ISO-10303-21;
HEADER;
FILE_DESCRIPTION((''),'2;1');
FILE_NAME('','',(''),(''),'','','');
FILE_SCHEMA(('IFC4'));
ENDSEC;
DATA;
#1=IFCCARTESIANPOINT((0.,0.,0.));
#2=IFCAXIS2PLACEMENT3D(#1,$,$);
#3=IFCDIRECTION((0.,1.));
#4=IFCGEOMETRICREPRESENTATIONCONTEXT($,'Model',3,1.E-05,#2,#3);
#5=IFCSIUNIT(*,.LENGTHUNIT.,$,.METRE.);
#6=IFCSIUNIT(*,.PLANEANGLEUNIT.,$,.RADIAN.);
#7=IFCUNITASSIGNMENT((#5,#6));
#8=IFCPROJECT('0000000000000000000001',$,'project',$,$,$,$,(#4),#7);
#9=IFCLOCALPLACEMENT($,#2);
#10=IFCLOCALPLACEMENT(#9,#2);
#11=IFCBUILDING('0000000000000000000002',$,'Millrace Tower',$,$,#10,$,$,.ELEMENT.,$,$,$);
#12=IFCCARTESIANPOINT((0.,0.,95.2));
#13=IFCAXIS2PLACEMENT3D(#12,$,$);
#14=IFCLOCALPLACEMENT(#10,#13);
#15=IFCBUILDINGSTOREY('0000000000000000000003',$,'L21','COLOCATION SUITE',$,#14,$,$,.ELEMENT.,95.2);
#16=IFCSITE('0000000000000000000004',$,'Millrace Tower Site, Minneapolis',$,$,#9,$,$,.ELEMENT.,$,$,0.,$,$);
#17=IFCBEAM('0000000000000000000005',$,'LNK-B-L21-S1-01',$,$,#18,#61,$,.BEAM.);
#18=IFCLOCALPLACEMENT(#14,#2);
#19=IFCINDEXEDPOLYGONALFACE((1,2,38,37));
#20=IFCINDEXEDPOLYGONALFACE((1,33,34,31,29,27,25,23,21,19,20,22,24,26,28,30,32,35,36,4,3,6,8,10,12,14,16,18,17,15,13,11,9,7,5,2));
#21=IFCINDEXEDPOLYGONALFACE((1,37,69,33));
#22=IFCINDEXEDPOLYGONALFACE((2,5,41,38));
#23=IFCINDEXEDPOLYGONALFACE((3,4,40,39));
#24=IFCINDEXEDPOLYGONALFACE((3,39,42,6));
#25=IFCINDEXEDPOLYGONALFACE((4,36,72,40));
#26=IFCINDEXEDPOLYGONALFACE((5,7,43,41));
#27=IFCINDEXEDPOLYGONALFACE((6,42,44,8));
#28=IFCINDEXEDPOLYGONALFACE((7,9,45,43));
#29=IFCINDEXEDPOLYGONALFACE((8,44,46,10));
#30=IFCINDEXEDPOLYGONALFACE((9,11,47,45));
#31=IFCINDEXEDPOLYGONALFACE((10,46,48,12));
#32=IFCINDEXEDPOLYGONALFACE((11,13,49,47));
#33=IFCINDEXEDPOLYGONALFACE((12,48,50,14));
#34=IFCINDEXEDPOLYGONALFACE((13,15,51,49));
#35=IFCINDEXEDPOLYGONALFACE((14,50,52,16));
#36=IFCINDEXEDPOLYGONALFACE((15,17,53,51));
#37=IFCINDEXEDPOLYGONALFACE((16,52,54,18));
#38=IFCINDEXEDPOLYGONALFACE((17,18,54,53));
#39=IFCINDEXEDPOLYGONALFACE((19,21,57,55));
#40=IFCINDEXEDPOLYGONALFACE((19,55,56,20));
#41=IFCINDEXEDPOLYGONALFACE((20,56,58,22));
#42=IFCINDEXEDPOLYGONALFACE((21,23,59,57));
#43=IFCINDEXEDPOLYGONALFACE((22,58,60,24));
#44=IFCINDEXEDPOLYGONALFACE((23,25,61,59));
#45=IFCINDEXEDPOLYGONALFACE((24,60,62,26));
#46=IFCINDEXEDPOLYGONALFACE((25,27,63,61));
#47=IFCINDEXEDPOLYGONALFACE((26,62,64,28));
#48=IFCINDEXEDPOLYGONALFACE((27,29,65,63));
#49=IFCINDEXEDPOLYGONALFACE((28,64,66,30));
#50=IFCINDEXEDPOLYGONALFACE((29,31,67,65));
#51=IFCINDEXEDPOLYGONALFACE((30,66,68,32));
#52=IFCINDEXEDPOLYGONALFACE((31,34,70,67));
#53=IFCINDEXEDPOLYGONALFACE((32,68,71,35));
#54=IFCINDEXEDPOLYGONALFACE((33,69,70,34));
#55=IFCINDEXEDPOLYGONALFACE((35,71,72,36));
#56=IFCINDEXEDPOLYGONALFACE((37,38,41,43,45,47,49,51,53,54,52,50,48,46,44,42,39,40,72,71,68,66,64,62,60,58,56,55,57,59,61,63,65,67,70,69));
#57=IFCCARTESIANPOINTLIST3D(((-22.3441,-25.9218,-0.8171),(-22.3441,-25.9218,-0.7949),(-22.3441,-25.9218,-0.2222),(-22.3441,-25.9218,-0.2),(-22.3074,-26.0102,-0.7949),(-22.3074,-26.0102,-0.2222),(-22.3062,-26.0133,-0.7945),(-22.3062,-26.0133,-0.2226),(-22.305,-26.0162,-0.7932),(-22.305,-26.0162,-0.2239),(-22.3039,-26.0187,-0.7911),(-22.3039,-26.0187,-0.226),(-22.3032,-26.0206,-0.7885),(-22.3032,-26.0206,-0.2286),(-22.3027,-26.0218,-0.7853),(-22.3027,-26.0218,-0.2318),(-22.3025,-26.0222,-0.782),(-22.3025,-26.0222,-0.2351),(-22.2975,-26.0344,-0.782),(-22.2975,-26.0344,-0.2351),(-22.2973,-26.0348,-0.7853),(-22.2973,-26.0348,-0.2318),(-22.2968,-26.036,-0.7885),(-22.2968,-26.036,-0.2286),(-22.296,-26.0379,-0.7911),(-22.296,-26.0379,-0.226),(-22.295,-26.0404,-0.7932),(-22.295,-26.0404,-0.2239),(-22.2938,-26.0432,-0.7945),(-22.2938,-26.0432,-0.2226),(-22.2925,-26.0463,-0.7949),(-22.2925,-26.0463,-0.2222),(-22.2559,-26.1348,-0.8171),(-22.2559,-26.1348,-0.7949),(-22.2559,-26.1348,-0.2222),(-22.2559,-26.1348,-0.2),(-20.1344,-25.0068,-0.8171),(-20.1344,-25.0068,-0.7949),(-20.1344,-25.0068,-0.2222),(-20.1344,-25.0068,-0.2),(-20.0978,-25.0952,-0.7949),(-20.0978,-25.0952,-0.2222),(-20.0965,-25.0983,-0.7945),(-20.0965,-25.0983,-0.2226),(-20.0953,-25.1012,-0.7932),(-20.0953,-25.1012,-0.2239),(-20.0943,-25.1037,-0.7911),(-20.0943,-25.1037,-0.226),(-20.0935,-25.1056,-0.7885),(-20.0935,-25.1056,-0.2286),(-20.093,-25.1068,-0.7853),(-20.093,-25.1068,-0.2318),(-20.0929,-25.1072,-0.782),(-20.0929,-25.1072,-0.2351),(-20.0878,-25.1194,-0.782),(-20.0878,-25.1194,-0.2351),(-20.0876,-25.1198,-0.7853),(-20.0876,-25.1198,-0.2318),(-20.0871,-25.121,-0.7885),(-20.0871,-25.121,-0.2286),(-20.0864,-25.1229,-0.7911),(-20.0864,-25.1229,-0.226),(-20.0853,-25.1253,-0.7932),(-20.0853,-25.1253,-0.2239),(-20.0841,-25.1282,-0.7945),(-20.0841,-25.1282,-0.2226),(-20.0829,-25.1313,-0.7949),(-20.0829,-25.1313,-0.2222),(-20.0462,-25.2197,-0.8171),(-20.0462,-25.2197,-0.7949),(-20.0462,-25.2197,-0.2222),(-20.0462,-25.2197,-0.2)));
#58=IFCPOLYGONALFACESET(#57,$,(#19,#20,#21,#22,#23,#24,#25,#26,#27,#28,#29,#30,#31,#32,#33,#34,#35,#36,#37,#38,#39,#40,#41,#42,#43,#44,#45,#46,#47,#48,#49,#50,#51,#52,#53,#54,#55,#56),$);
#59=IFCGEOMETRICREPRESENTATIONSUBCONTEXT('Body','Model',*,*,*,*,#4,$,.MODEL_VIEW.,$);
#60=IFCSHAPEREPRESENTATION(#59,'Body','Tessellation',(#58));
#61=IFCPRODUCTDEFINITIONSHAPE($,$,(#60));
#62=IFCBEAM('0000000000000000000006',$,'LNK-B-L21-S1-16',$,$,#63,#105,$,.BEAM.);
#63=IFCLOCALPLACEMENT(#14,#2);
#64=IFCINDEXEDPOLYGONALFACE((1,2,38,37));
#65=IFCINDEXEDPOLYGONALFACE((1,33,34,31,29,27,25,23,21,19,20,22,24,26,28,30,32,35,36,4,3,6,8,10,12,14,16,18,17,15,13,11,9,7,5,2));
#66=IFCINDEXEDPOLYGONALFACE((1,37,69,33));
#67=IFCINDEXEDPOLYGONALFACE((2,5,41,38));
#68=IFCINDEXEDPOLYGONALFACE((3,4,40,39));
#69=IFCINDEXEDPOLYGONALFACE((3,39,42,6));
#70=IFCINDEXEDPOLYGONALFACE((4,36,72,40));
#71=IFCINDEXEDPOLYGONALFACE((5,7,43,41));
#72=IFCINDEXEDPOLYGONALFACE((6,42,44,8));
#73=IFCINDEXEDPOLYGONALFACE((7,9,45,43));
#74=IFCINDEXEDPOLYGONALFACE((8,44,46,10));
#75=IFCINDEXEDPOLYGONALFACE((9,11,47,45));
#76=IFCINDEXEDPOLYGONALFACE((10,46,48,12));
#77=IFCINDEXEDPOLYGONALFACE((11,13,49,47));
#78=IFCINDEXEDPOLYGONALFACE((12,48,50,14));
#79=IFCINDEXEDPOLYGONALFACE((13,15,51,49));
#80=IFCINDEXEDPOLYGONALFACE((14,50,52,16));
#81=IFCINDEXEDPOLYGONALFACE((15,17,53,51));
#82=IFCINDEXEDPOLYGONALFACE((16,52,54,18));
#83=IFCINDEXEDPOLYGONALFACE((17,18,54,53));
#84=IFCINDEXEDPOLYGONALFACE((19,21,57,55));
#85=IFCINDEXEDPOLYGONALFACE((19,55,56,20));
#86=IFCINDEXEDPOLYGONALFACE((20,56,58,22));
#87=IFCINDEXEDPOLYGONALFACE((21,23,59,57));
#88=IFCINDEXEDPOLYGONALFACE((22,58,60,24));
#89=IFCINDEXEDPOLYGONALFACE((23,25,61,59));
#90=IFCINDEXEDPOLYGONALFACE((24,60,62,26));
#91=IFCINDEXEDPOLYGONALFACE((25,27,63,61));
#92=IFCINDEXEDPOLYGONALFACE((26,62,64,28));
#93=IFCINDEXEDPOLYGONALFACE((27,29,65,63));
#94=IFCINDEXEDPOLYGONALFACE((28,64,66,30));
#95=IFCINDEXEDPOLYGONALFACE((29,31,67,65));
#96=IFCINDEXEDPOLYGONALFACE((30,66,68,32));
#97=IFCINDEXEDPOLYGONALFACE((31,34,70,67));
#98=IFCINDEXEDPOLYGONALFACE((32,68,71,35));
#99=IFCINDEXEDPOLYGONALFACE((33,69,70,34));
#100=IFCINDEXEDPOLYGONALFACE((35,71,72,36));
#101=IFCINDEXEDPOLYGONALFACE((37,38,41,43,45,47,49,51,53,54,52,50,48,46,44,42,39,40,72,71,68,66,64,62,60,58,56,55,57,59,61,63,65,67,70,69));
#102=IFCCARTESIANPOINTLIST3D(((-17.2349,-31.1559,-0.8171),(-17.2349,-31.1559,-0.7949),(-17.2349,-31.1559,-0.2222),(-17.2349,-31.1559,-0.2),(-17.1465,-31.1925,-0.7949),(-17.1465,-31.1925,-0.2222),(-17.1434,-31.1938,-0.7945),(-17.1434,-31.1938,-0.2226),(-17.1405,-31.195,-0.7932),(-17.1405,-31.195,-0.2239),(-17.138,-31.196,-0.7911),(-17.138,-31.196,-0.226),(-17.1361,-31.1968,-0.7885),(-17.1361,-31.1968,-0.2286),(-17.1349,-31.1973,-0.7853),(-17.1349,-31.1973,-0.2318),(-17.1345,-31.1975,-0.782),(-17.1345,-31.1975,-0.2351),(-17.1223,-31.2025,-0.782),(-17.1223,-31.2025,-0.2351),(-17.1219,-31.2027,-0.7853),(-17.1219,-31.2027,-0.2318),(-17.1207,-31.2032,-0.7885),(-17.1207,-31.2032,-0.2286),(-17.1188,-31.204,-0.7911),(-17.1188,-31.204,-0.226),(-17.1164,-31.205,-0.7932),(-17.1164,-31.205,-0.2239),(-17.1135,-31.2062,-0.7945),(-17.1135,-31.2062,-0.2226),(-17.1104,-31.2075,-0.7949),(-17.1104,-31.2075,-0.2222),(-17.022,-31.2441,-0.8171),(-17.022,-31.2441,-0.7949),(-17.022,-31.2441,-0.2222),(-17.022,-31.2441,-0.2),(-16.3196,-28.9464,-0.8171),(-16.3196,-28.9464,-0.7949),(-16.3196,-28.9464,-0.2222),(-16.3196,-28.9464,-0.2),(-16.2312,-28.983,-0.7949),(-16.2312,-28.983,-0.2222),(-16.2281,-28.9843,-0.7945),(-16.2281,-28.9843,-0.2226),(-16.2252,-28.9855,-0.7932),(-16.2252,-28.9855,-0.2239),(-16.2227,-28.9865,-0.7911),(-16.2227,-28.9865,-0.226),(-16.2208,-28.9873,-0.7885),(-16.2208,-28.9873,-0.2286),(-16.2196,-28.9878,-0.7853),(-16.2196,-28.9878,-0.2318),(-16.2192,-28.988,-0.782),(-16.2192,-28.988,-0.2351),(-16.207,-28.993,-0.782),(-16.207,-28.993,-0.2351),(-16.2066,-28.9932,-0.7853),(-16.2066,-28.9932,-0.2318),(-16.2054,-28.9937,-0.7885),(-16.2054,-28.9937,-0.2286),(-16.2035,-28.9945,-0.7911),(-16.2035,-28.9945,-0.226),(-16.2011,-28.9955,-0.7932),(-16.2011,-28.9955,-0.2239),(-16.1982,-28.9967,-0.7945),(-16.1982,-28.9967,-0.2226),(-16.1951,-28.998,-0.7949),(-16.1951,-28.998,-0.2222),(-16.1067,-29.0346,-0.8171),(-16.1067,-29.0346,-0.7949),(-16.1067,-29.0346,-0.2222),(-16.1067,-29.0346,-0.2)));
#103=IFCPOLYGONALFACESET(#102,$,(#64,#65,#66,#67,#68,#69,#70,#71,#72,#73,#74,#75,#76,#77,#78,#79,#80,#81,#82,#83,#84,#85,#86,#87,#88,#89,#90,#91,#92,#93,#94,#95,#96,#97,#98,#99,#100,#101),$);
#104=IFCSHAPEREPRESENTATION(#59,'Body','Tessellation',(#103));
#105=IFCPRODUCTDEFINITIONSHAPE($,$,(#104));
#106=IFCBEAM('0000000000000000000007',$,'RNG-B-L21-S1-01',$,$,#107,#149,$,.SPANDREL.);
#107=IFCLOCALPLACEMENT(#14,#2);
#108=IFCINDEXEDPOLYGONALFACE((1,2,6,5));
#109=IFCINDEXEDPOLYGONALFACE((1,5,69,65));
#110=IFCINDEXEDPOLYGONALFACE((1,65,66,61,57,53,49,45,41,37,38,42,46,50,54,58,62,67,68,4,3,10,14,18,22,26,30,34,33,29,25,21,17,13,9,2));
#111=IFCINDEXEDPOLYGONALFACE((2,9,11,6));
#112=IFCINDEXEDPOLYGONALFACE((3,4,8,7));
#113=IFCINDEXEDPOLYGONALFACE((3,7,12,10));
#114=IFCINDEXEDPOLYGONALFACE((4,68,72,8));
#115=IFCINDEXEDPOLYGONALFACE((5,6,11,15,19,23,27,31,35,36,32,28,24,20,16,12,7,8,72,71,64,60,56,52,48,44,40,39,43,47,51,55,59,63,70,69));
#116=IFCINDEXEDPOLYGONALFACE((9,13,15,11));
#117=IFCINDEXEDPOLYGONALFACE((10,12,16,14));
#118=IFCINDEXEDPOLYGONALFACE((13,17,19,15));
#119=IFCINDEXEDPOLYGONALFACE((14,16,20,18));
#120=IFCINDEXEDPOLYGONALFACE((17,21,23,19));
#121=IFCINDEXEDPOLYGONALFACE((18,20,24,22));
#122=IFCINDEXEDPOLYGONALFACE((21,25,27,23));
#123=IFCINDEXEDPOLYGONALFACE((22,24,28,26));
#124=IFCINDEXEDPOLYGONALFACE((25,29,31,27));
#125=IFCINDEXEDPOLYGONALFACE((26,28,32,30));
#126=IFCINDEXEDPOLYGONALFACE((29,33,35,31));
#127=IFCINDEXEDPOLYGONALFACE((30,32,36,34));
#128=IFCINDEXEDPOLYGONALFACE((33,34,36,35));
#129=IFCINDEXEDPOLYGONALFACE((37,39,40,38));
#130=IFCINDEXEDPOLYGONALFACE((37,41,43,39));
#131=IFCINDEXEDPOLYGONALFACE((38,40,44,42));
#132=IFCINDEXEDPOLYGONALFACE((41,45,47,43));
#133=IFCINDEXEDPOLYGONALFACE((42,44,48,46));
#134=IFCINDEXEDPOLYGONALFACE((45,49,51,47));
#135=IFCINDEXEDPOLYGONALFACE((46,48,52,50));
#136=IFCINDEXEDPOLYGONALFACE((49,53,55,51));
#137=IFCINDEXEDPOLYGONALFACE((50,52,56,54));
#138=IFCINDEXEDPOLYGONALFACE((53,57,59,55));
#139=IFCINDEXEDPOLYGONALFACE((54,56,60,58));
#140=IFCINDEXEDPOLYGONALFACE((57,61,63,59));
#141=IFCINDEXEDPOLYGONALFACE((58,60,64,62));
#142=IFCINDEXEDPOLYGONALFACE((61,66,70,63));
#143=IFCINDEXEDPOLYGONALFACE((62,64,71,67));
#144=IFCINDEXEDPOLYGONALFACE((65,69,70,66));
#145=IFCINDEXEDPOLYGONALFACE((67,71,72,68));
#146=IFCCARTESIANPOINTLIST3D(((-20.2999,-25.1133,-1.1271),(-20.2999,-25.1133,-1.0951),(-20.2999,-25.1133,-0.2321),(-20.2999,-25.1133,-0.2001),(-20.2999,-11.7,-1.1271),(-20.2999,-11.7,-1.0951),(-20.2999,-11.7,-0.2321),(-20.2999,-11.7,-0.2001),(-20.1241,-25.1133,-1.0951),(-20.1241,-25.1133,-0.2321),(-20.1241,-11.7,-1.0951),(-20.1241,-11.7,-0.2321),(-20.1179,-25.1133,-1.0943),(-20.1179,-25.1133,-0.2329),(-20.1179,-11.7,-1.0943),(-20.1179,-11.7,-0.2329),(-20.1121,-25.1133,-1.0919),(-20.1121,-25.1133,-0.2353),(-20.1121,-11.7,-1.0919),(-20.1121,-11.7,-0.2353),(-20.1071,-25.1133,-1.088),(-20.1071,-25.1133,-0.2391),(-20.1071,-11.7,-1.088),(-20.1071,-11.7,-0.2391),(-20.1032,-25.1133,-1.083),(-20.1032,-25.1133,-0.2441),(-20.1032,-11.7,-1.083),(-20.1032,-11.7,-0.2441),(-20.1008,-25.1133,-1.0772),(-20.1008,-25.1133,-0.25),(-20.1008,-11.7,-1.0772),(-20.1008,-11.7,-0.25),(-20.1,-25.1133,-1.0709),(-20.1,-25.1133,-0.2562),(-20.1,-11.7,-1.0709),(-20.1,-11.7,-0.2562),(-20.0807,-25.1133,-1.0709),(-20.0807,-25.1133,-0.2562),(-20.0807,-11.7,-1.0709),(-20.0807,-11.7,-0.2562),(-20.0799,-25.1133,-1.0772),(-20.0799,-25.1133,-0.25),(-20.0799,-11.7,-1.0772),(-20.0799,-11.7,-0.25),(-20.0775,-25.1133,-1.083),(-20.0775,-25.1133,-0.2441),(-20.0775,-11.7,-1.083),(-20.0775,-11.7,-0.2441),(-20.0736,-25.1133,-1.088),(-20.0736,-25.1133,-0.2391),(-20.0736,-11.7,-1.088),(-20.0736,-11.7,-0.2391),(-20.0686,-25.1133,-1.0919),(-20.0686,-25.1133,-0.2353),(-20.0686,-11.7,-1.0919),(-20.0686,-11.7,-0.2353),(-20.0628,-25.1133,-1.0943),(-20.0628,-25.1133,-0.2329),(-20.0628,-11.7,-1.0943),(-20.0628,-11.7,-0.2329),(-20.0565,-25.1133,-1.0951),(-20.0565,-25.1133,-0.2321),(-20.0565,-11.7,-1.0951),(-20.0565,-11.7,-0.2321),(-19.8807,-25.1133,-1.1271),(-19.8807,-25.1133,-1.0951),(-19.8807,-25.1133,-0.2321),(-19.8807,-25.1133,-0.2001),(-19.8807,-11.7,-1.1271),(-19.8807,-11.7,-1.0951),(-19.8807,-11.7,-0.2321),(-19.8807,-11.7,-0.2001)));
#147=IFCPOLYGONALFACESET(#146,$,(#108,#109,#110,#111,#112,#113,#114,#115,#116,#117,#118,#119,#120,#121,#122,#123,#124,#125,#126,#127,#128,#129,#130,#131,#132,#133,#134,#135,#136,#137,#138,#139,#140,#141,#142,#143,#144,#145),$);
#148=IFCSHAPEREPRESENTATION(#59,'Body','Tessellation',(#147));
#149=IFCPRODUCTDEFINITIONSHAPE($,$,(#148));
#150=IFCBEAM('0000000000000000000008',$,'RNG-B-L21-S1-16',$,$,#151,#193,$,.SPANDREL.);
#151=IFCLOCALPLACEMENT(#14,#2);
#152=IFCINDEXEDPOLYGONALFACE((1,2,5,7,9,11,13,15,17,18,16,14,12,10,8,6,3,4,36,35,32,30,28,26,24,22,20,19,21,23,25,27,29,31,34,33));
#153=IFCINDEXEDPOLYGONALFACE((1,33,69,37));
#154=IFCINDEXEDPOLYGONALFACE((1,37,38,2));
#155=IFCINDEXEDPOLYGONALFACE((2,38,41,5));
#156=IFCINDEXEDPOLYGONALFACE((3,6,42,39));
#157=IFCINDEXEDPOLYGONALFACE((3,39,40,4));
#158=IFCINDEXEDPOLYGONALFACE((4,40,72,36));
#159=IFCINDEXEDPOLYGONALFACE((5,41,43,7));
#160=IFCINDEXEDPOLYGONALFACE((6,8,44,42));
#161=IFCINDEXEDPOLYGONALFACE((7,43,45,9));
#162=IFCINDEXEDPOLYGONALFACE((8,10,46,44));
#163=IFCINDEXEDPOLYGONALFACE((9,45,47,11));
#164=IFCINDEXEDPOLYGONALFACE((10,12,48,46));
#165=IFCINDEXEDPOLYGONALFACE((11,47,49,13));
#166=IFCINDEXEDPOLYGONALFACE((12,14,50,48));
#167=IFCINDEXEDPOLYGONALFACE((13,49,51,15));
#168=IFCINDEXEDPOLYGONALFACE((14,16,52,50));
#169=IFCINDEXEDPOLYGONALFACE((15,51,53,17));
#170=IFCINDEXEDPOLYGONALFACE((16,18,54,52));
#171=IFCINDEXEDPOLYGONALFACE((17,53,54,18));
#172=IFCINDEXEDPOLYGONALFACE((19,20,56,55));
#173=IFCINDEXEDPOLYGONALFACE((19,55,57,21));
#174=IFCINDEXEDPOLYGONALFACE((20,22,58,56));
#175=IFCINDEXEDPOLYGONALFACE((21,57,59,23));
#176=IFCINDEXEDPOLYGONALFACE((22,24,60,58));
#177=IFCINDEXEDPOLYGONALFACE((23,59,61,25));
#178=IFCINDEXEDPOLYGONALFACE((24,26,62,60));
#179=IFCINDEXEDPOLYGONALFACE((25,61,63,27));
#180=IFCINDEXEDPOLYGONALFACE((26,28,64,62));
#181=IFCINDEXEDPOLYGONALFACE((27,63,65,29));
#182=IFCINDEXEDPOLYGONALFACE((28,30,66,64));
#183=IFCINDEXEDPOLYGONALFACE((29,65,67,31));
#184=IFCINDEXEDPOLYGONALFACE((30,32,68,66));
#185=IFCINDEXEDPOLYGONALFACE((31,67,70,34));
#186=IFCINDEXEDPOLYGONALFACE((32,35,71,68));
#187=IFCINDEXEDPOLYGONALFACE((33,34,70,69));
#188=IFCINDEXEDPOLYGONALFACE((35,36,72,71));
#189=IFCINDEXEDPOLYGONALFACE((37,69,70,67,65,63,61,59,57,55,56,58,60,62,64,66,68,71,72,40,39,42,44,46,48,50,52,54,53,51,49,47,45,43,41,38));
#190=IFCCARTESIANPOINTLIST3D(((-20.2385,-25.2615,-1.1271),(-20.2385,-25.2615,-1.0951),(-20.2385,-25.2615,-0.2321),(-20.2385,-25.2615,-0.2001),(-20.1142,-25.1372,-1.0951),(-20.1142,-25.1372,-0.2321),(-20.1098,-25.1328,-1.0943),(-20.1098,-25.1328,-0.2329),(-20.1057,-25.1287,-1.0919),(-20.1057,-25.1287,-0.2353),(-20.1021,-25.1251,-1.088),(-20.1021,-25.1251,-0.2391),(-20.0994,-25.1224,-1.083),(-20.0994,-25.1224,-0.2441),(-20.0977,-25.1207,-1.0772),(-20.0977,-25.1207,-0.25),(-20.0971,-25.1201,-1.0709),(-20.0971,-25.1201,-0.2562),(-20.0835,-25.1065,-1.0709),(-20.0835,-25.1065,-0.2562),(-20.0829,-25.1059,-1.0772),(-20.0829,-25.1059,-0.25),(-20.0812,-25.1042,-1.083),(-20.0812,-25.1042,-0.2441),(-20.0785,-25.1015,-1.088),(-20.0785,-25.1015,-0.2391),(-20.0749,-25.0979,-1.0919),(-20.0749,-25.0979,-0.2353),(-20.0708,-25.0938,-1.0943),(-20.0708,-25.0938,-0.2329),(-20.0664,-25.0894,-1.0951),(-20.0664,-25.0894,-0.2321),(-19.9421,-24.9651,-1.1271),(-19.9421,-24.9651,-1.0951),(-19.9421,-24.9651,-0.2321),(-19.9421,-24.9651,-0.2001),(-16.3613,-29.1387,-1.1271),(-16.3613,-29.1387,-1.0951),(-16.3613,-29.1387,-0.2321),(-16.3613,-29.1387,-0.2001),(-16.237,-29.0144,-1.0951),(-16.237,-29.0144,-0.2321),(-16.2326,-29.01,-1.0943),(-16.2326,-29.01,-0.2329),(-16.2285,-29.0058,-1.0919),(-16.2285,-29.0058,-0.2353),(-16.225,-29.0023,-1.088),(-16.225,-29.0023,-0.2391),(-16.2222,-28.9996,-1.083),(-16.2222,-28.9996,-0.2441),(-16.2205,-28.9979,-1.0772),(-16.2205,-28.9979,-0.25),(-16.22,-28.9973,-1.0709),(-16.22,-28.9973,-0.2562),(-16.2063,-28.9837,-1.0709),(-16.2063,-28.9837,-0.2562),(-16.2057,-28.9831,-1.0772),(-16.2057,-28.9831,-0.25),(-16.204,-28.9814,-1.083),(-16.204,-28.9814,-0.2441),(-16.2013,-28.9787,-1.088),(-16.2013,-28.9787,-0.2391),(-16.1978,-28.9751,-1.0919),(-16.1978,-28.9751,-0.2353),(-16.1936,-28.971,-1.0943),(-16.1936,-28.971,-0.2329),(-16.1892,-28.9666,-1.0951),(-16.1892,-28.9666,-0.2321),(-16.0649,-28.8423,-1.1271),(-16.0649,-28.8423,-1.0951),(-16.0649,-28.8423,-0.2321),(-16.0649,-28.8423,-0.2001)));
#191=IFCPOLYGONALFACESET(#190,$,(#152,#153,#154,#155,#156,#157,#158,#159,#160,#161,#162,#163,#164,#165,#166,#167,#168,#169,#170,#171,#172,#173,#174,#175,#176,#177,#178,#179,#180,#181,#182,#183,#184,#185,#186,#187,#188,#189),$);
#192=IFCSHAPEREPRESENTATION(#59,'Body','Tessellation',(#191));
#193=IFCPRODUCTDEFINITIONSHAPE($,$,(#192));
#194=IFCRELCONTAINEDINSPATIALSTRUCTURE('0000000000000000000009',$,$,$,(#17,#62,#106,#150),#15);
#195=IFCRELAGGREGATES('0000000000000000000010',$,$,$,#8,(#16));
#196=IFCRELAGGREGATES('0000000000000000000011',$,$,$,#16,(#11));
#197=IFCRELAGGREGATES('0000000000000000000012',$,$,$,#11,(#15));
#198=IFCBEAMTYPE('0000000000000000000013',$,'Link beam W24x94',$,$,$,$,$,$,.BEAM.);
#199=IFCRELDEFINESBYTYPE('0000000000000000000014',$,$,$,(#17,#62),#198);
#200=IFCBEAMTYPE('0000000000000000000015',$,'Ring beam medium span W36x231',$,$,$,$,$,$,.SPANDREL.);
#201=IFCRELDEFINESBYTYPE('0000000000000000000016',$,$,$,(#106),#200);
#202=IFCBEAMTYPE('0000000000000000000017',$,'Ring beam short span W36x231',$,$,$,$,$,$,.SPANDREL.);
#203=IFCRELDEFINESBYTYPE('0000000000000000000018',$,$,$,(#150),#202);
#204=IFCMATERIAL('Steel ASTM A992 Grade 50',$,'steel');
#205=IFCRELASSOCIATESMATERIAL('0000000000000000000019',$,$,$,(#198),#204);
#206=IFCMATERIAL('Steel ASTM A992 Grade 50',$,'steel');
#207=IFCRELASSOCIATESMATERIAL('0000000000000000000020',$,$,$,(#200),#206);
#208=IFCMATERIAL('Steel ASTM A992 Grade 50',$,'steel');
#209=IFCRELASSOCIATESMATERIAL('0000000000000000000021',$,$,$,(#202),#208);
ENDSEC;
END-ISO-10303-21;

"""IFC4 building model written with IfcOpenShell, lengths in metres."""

from ifc_helpers import new_model, si_unit, direction, frame, origin, origin_2d, place, context, subcontext, project, spatial, i_section, extrude, material, material_profile, profile_set, type_object, element, save


model = new_model("IFC4")

# Units and contexts
model_context = context("Model", 3, precision=1e-05, world=origin(), true_north=direction((0.0, 1.0)))
body_context = subcontext(model_context, "Body", "Model", "MODEL_VIEW")
ifc_project = project(units=[si_unit("LENGTHUNIT", "METRE"), si_unit("PLANEANGLEUNIT", "RADIAN")], contexts=[model_context])

# Site, building, storey
site_placement = place(None, origin())
site = spatial("IfcSite", under=ifc_project, at=site_placement, Name="Millrace Tower Site, Minneapolis", CompositionType="ELEMENT", RefElevation=0.0)
building_placement = place(site_placement, origin())
building = spatial("IfcBuilding", under=site, at=building_placement, Name="Millrace Tower", CompositionType="ELEMENT")
storey_placement = place(building_placement, frame((0.0, 0.0, 95.2)))
storey = spatial("IfcBuildingStorey", under=building, at=storey_placement, Name="L21", Description="COLOCATION SUITE", CompositionType="ELEMENT", Elevation=95.2)

# Beams
ifc_material_1 = material(Name="Steel ASTM A992 Grade 50", Category="steel")
ifc_material_profile_1 = material_profile(ifc_material_1, i_section(OverallWidth=0.2305, OverallDepth=0.6172, WebThickness=0.0132, FlangeThickness=0.0222, FilletRadius=0.0129, at=origin_2d()))
ifc_profile_set_1 = profile_set([ifc_material_profile_1], Name="Steel ASTM A992 Grade 50")
beam_type_1 = type_object("IfcBeamType", Name="Link beam W24x94", PredefinedType="BEAM", material=ifc_profile_set_1)
for number, where, z_axis, x_axis, name in (
    (1, (-20.0903, -25.1133, -0.5085), (-0.923917, -0.382592, 0.0), (0.382592, -0.923917, 0.0), "LNK-B-L21-S1-01"),
    (2, (-16.2131, -28.9905, -0.5085), (-0.382715, -0.923866, 0.0), (0.923866, -0.382715, 0.0), "LNK-B-L21-S1-16"),
):
    element("IfcBeam", number, at=place(storey_placement, frame(where, z_axis=z_axis, x_axis=x_axis)), inside=storey, type_object=beam_type_1, Name=name, PredefinedType="BEAM", context=body_context, shape_type="SweptSolid", body=[
        extrude(i_section(OverallWidth=0.2305, OverallDepth=0.6172, WebThickness=0.0132, FlangeThickness=0.0222, FilletRadius=0.0129, at=origin_2d()), origin(), (0.0, 0.0, 1.0), 2.3916),
    ])
ifc_material_2 = material(Name="Steel ASTM A992 Grade 50", Category="steel")
ifc_material_profile_2 = material_profile(ifc_material_2, i_section(OverallWidth=0.4192, OverallDepth=0.927, WebThickness=0.0193, FlangeThickness=0.032, FilletRadius=0.0242, at=origin_2d()))
ifc_profile_set_2 = profile_set([ifc_material_profile_2], Name="Steel ASTM A992 Grade 50")
beam_type_2 = type_object("IfcBeamType", Name="Ring beam medium span W36x231", PredefinedType="SPANDREL", material=ifc_profile_set_2)
beam_1_placement = place(storey_placement, frame((-20.0903, -25.1133, -0.6636), z_axis=(0.0, 1.0, 0.0), x_axis=(-1.0, 0.0, 0.0)))
element("IfcBeam", 3, at=beam_1_placement, inside=storey, type_object=beam_type_2, Name="RNG-B-L21-S1-01", PredefinedType="SPANDREL", context=body_context, shape_type="SweptSolid", body=[
    extrude(i_section(OverallWidth=0.4192, OverallDepth=0.927, WebThickness=0.0193, FlangeThickness=0.032, FilletRadius=0.0242, at=origin_2d()), origin(), (0.0, 0.0, 1.0), 13.4133),
])
ifc_material_3 = material(Name="Steel ASTM A992 Grade 50", Category="steel")
ifc_material_profile_3 = material_profile(ifc_material_3, i_section(OverallWidth=0.4192, OverallDepth=0.927, WebThickness=0.0193, FlangeThickness=0.032, FilletRadius=0.0242, at=origin_2d()))
ifc_profile_set_3 = profile_set([ifc_material_profile_3], Name="Steel ASTM A992 Grade 50")
beam_type_3 = type_object("IfcBeamType", Name="Ring beam short span W36x231", PredefinedType="SPANDREL", material=ifc_profile_set_3)
beam_2_placement = place(storey_placement, frame((-16.2131, -28.9905, -0.6636), z_axis=(-0.707107, 0.707107, 0.0), x_axis=(-0.707107, -0.707107, 0.0)))
element("IfcBeam", 4, at=beam_2_placement, inside=storey, type_object=beam_type_3, Name="RNG-B-L21-S1-16", PredefinedType="SPANDREL", context=body_context, shape_type="SweptSolid", body=[
    extrude(i_section(OverallWidth=0.4192, OverallDepth=0.927, WebThickness=0.0193, FlangeThickness=0.032, FilletRadius=0.0242, at=origin_2d()), origin(), (0.0, 0.0, 1.0), 5.4832),
])

save(model, "model.ifc")
